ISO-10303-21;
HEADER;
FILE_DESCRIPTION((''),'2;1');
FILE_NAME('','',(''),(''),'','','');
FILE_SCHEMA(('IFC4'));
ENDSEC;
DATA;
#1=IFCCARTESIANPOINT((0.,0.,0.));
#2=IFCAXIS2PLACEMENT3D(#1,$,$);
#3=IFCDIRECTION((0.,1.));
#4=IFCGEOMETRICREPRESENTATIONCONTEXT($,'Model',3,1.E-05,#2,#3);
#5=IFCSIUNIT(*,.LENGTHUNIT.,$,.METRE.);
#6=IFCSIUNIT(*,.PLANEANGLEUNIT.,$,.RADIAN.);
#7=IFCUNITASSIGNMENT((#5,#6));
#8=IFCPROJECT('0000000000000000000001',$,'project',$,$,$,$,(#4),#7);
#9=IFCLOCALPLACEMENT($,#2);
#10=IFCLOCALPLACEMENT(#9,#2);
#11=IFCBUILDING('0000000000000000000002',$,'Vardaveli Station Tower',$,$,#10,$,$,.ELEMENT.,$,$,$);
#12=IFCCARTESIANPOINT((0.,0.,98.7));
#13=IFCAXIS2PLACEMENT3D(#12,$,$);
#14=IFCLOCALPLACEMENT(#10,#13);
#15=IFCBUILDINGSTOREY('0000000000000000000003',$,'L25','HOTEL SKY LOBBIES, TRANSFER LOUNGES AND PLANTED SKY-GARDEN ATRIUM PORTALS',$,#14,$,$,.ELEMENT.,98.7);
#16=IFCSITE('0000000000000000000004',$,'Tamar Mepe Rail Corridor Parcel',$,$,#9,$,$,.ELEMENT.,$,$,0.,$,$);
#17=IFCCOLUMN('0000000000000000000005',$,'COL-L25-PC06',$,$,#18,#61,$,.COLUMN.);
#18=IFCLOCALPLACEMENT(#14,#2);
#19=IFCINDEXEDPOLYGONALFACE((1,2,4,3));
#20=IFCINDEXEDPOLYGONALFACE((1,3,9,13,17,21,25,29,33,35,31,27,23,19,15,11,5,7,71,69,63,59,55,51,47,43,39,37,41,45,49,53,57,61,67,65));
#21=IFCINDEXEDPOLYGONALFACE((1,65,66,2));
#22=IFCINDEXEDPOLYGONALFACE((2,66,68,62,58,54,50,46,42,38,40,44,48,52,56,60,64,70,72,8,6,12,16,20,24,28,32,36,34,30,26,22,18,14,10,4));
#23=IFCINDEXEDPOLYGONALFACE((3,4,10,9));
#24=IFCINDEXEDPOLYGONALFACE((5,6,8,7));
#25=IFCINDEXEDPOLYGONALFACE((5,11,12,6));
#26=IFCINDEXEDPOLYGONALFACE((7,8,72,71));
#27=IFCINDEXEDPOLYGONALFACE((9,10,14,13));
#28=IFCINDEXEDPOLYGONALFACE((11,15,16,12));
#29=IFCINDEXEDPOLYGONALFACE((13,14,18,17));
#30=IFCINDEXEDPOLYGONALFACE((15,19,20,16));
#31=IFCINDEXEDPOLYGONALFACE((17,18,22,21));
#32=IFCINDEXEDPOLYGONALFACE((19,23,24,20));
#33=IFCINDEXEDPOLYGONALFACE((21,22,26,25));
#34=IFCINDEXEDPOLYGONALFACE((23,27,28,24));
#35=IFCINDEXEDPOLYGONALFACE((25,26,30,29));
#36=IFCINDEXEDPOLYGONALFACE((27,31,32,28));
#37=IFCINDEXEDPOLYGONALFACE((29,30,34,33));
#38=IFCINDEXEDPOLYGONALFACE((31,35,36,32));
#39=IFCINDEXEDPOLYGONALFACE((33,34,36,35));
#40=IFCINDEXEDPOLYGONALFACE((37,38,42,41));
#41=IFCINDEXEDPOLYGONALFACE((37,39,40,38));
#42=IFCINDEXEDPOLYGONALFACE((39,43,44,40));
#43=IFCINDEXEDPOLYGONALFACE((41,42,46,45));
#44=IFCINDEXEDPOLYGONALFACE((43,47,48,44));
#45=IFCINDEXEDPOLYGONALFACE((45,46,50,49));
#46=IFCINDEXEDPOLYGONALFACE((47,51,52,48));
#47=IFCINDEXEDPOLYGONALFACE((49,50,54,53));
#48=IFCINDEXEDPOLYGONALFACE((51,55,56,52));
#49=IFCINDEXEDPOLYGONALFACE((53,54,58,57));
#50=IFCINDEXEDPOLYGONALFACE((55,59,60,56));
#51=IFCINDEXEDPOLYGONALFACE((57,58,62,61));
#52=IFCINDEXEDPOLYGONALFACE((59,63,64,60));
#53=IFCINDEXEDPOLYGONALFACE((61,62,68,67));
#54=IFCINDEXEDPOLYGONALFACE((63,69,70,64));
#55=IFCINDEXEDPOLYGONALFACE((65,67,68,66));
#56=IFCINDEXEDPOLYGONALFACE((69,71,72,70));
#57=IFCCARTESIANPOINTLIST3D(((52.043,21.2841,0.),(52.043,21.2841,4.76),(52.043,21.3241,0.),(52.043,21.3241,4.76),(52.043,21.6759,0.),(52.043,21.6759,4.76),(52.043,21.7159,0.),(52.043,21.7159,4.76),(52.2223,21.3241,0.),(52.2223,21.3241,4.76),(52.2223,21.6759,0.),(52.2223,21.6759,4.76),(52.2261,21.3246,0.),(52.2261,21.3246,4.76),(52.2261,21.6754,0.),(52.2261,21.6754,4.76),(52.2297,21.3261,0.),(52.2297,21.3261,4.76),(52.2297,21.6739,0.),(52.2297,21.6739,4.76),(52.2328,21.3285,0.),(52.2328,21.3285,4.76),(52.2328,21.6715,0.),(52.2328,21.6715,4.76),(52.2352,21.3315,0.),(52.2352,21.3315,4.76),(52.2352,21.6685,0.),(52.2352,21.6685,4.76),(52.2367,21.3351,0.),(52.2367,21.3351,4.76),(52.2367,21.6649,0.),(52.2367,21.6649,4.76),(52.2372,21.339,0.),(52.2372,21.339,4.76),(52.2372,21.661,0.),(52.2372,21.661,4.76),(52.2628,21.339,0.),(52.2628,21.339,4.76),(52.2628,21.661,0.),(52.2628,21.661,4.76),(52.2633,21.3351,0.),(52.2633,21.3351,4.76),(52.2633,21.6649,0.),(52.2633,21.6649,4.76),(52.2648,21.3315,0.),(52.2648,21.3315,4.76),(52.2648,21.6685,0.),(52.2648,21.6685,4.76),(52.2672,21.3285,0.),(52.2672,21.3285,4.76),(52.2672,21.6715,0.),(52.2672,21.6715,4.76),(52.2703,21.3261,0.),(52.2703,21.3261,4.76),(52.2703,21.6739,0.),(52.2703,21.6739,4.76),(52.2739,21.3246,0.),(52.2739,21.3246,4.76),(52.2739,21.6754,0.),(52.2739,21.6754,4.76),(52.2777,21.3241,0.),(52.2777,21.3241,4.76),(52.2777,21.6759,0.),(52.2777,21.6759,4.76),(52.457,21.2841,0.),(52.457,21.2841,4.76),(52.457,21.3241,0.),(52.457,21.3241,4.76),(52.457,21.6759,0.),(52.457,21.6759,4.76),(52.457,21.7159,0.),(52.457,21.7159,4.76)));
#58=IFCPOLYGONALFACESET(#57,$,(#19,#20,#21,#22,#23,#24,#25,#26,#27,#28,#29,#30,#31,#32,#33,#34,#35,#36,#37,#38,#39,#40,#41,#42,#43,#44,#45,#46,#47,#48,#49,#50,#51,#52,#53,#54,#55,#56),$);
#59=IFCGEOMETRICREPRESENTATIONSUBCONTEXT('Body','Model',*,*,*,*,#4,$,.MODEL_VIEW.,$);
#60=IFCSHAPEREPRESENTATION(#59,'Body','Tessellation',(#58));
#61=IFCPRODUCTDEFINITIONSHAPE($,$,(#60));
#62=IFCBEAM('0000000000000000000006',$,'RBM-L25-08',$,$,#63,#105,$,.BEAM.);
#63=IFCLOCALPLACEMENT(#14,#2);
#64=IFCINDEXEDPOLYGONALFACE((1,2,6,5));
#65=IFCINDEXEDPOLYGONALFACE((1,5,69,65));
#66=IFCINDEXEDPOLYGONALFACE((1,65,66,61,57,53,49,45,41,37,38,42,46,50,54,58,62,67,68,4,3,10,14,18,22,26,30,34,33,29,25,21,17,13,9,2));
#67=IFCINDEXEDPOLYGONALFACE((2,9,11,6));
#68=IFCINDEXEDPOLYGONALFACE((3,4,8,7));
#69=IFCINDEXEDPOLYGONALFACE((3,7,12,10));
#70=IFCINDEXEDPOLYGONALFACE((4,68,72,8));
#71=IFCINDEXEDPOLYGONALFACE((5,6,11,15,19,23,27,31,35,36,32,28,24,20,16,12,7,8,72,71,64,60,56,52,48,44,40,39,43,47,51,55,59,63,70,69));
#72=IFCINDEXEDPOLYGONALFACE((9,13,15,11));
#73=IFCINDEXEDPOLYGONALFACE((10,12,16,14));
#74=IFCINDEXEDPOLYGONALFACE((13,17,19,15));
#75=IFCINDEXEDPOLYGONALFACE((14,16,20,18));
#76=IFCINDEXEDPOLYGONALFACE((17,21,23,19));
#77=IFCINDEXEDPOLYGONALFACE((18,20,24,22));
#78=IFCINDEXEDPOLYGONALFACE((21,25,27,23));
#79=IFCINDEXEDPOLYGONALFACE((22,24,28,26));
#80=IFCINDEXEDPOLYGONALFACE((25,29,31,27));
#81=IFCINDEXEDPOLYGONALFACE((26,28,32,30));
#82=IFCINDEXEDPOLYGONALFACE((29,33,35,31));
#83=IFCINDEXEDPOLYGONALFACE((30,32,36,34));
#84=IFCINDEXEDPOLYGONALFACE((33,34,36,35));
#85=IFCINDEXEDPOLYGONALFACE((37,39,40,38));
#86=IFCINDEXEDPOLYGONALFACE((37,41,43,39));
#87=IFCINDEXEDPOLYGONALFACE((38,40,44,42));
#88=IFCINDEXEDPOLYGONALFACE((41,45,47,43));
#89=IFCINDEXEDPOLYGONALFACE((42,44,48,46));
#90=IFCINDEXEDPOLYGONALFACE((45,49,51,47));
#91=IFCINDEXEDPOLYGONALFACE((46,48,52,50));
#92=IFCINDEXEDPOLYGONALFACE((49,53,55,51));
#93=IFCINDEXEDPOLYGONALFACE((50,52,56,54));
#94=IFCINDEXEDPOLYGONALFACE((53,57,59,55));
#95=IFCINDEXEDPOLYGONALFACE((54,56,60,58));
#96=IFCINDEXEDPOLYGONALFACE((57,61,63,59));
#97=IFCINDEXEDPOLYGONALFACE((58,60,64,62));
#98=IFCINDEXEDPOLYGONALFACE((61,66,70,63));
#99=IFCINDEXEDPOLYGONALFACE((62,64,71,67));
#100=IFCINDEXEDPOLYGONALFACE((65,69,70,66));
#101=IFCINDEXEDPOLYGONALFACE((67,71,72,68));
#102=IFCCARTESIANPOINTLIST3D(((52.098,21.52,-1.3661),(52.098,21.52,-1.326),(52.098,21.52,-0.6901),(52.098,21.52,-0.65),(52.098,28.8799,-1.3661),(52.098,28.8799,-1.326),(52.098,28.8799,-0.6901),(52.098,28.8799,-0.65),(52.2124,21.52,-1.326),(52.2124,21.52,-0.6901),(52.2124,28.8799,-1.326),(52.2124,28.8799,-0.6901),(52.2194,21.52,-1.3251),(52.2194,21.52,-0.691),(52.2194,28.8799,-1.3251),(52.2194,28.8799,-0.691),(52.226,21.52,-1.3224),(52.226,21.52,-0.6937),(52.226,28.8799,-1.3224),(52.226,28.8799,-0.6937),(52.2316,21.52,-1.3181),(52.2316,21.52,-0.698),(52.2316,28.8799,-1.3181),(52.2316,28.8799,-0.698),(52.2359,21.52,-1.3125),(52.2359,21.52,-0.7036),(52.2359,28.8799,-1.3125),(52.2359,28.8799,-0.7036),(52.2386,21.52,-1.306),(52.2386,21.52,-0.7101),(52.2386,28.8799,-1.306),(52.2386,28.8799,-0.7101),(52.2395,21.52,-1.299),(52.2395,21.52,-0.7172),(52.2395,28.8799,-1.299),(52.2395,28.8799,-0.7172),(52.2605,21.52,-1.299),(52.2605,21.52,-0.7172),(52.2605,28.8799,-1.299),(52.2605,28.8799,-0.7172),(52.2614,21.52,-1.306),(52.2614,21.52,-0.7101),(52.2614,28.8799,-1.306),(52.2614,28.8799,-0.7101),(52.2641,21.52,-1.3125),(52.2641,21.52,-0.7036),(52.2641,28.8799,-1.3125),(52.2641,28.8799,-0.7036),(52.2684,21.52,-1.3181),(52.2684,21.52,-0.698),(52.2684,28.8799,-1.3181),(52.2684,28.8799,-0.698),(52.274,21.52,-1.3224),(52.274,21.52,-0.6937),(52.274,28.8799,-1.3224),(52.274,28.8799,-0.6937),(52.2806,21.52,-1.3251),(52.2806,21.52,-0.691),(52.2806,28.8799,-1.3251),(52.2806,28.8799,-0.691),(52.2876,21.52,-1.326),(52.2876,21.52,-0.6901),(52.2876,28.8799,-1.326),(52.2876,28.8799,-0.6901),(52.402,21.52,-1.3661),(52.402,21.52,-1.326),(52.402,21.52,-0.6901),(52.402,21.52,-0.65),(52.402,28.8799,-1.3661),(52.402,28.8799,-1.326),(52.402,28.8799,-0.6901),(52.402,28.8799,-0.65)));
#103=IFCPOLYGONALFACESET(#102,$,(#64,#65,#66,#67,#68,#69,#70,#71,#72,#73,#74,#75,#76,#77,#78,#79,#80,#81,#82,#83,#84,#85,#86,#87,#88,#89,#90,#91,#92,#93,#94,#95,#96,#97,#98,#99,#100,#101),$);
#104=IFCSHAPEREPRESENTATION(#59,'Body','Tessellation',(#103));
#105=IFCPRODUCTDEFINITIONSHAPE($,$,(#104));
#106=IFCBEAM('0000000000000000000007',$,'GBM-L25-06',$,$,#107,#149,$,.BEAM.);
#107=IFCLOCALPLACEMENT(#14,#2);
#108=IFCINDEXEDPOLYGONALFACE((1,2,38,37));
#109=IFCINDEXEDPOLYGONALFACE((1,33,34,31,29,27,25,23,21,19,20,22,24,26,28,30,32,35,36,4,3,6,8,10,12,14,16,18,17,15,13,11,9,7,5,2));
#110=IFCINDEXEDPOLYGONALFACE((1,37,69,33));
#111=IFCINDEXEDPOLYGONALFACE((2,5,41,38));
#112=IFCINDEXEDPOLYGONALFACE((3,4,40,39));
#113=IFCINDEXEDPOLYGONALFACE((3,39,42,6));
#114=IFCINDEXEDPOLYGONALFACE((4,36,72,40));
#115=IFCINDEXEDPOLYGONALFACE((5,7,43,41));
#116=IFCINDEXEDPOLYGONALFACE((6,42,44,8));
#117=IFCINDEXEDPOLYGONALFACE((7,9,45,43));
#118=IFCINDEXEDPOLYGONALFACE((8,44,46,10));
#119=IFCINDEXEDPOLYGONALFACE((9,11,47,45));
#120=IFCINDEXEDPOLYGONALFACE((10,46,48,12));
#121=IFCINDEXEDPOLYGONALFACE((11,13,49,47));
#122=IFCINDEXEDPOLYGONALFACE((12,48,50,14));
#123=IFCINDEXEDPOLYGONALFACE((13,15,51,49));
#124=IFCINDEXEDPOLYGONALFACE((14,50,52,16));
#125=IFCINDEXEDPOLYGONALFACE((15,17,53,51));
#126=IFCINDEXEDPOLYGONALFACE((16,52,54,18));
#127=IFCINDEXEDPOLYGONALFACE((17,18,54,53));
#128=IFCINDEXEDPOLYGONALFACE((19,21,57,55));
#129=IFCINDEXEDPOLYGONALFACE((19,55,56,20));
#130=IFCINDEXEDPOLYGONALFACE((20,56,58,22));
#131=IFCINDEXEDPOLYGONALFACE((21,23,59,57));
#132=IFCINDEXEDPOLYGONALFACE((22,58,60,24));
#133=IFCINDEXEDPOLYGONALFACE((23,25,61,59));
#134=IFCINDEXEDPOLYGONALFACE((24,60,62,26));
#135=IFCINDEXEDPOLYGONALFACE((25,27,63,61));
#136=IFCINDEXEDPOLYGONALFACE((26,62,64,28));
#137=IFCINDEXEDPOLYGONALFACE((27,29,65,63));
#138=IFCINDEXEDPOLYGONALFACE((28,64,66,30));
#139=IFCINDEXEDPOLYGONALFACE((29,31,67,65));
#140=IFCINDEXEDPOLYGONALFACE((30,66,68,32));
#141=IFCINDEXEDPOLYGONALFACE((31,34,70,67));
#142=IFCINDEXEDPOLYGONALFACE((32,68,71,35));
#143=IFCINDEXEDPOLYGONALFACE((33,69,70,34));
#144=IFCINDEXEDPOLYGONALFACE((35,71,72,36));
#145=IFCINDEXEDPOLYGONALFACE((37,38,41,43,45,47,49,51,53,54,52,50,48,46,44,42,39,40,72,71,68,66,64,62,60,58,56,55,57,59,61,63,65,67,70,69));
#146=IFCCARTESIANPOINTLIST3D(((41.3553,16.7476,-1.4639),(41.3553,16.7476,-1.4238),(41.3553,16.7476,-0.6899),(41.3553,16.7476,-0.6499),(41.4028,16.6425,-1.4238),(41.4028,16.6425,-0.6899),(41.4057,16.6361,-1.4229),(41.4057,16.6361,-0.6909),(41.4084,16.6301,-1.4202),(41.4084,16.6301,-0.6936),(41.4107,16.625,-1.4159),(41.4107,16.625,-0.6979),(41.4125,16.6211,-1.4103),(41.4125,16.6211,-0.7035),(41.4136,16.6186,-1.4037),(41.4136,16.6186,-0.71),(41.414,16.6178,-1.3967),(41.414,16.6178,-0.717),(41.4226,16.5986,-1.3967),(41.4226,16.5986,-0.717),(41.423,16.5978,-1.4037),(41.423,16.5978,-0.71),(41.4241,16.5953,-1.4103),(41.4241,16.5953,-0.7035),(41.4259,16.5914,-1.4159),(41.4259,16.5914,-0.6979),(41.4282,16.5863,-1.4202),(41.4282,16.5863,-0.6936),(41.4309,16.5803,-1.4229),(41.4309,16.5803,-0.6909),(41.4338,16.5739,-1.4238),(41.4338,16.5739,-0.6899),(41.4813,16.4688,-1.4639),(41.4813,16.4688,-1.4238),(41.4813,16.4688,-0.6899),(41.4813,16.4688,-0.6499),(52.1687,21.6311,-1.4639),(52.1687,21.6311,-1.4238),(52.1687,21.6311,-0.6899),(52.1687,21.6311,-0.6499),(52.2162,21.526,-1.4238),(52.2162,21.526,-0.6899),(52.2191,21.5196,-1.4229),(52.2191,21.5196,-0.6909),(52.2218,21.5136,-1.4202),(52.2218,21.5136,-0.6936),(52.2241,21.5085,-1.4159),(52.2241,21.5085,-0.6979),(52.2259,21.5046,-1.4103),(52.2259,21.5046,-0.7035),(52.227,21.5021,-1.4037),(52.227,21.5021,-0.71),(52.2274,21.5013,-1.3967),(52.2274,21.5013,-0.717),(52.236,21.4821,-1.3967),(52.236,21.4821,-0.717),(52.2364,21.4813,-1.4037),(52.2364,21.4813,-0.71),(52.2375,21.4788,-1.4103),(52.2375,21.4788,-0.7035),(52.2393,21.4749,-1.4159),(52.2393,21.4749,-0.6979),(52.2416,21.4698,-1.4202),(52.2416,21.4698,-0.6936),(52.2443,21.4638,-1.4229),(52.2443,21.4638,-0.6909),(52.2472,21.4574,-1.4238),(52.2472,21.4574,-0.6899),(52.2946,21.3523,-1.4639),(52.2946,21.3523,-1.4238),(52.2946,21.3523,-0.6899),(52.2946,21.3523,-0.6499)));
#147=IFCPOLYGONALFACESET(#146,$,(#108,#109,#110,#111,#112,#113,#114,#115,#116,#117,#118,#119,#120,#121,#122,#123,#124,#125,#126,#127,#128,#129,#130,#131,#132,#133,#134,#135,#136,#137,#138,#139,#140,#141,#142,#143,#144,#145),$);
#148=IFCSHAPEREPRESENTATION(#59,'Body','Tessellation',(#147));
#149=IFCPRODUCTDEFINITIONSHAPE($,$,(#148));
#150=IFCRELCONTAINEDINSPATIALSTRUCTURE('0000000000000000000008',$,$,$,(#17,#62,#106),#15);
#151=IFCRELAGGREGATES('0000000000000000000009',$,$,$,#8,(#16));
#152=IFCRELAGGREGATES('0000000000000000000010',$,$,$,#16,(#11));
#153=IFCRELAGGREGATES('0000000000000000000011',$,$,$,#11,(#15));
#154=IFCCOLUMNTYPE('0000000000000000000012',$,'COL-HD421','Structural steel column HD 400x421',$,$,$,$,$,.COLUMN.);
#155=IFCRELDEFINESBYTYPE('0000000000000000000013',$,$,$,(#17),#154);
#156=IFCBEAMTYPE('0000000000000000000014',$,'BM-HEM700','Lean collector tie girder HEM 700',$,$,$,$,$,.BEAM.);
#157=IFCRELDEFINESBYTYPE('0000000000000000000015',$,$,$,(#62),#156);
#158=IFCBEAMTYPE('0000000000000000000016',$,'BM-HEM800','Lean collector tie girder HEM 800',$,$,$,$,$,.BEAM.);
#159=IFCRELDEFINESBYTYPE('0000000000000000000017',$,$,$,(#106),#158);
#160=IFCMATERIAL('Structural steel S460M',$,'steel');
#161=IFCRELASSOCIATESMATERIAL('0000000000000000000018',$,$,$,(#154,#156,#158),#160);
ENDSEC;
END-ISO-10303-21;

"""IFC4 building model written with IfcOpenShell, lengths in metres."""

from ifc_helpers import new_model, si_unit, direction, frame, origin, origin_2d, place, context, subcontext, project, spatial, i_section, extrude, source, transform, mapped, material, material_profile, profile_set, type_object, element, save


model = new_model("IFC4")

# Units and contexts
model_context = context("Model", 3, precision=1e-05, world=origin(), true_north=direction((0.0, 1.0)))
body_context = subcontext(model_context, "Body", "Model", "MODEL_VIEW")
ifc_project = project(units=[si_unit("LENGTHUNIT", "METRE"), si_unit("PLANEANGLEUNIT", "RADIAN")], contexts=[model_context])

# Site, building, storey
site_placement = place(None, origin())
site = spatial("IfcSite", under=ifc_project, at=site_placement, Name="Tamar Mepe Rail Corridor Parcel", CompositionType="ELEMENT", RefElevation=0.0)
building_placement = place(site_placement, origin())
building = spatial("IfcBuilding", under=site, at=building_placement, Name="Vardaveli Station Tower", CompositionType="ELEMENT")
storey_placement = place(building_placement, frame((0.0, 0.0, 98.7)))
storey = spatial("IfcBuildingStorey", under=building, at=storey_placement, Name="L25", Description="HOTEL SKY LOBBIES, TRANSFER LOUNGES AND PLANTED SKY-GARDEN ATRIUM PORTALS", CompositionType="ELEMENT", Elevation=98.7)

# Column
ifc_material_1 = material(Name="Structural steel S460M", Category="steel")
ifc_material_profile_1 = material_profile(ifc_material_1, i_section(OverallWidth=0.4141, OverallDepth=0.4319, WebThickness=0.0256, FlangeThickness=0.04, FilletRadius=0.0149, at=origin_2d()), Name="HD 400x421")
ifc_profile_set_1 = profile_set([ifc_material_profile_1], Name="Structural steel S460M")
column_type = type_object("IfcColumnType", Name="COL-HD421", Description="Structural steel column HD 400x421", PredefinedType="COLUMN", material=ifc_profile_set_1)
shared_shape_1 = source(origin(), body_context, "Body", "SweptSolid", [
    extrude(i_section(OverallWidth=0.4141, OverallDepth=0.4319, WebThickness=0.0256, FlangeThickness=0.04, FilletRadius=0.0149, at=origin_2d()), origin(), (0.0, 0.0, 1.0), 4.76),
])
column_placement = place(storey_placement, frame((52.25, 21.5, 0.0), z_axis=(0.0, 0.0, 1.0), x_axis=(1.0, 0.0, 0.0)))
element("IfcColumn", 1, at=column_placement, inside=storey, type_object=column_type, Name="COL-L25-PC06", PredefinedType="COLUMN", context=body_context, shape_type="MappedRepresentation", body=[
    mapped(shared_shape_1, transform((0.0, 0.0, 0.0), scale=1.0)),
])

# Beams
ifc_material_profile_2 = material_profile(ifc_material_1, i_section(OverallWidth=0.304, OverallDepth=0.7161, WebThickness=0.021, FlangeThickness=0.04, FilletRadius=0.0271, at=origin_2d()), Name="HEM 700")
ifc_profile_set_2 = profile_set([ifc_material_profile_2], Name="Structural steel S460M")
beam_type_1 = type_object("IfcBeamType", Name="BM-HEM700", Description="Lean collector tie girder HEM 700", PredefinedType="BEAM", material=ifc_profile_set_2)
shared_shape_2 = source(origin(), body_context, "Body", "SweptSolid", [
    extrude(i_section(OverallWidth=0.304, OverallDepth=0.7161, WebThickness=0.021, FlangeThickness=0.04, FilletRadius=0.0271, at=origin_2d()), origin(), (0.0, 0.0, 1.0), 7.3599),
])
beam_1_placement = place(storey_placement, frame((52.25, 21.52, -1.0081), z_axis=(0.0, 1.0, 0.0), x_axis=(-1.0, 0.0, 0.0)))
element("IfcBeam", 2, at=beam_1_placement, inside=storey, type_object=beam_type_1, Name="RBM-L25-08", PredefinedType="BEAM", context=body_context, shape_type="MappedRepresentation", body=[
    mapped(shared_shape_2, transform((0.0, 0.0, 0.0), scale=1.0)),
])
ifc_material_profile_3 = material_profile(ifc_material_1, i_section(OverallWidth=0.3059, OverallDepth=0.814, WebThickness=0.021, FlangeThickness=0.04, FilletRadius=0.0271, at=origin_2d()), Name="HEM 800")
ifc_profile_set_3 = profile_set([ifc_material_profile_3], Name="Structural steel S460M")
beam_type_2 = type_object("IfcBeamType", Name="BM-HEM800", Description="Lean collector tie girder HEM 800", PredefinedType="BEAM", material=ifc_profile_set_3)
shared_shape_3 = source(origin(), body_context, "Body", "SweptSolid", [
    extrude(i_section(OverallWidth=0.3059, OverallDepth=0.814, WebThickness=0.021, FlangeThickness=0.04, FilletRadius=0.0271, at=origin_2d()), origin(), (0.0, 0.0, 1.0), 11.865),
])
beam_2_placement = place(storey_placement, frame((52.2317, 21.4917, -1.0569), z_axis=(-0.911369, -0.411589, 0.0), x_axis=(0.411589, -0.911369, 0.0)))
element("IfcBeam", 3, at=beam_2_placement, inside=storey, type_object=beam_type_2, Name="GBM-L25-06", PredefinedType="BEAM", context=body_context, shape_type="MappedRepresentation", body=[
    mapped(shared_shape_3, transform((0.0, 0.0, 0.0), scale=1.0)),
])

save(model, "model.ifc")
